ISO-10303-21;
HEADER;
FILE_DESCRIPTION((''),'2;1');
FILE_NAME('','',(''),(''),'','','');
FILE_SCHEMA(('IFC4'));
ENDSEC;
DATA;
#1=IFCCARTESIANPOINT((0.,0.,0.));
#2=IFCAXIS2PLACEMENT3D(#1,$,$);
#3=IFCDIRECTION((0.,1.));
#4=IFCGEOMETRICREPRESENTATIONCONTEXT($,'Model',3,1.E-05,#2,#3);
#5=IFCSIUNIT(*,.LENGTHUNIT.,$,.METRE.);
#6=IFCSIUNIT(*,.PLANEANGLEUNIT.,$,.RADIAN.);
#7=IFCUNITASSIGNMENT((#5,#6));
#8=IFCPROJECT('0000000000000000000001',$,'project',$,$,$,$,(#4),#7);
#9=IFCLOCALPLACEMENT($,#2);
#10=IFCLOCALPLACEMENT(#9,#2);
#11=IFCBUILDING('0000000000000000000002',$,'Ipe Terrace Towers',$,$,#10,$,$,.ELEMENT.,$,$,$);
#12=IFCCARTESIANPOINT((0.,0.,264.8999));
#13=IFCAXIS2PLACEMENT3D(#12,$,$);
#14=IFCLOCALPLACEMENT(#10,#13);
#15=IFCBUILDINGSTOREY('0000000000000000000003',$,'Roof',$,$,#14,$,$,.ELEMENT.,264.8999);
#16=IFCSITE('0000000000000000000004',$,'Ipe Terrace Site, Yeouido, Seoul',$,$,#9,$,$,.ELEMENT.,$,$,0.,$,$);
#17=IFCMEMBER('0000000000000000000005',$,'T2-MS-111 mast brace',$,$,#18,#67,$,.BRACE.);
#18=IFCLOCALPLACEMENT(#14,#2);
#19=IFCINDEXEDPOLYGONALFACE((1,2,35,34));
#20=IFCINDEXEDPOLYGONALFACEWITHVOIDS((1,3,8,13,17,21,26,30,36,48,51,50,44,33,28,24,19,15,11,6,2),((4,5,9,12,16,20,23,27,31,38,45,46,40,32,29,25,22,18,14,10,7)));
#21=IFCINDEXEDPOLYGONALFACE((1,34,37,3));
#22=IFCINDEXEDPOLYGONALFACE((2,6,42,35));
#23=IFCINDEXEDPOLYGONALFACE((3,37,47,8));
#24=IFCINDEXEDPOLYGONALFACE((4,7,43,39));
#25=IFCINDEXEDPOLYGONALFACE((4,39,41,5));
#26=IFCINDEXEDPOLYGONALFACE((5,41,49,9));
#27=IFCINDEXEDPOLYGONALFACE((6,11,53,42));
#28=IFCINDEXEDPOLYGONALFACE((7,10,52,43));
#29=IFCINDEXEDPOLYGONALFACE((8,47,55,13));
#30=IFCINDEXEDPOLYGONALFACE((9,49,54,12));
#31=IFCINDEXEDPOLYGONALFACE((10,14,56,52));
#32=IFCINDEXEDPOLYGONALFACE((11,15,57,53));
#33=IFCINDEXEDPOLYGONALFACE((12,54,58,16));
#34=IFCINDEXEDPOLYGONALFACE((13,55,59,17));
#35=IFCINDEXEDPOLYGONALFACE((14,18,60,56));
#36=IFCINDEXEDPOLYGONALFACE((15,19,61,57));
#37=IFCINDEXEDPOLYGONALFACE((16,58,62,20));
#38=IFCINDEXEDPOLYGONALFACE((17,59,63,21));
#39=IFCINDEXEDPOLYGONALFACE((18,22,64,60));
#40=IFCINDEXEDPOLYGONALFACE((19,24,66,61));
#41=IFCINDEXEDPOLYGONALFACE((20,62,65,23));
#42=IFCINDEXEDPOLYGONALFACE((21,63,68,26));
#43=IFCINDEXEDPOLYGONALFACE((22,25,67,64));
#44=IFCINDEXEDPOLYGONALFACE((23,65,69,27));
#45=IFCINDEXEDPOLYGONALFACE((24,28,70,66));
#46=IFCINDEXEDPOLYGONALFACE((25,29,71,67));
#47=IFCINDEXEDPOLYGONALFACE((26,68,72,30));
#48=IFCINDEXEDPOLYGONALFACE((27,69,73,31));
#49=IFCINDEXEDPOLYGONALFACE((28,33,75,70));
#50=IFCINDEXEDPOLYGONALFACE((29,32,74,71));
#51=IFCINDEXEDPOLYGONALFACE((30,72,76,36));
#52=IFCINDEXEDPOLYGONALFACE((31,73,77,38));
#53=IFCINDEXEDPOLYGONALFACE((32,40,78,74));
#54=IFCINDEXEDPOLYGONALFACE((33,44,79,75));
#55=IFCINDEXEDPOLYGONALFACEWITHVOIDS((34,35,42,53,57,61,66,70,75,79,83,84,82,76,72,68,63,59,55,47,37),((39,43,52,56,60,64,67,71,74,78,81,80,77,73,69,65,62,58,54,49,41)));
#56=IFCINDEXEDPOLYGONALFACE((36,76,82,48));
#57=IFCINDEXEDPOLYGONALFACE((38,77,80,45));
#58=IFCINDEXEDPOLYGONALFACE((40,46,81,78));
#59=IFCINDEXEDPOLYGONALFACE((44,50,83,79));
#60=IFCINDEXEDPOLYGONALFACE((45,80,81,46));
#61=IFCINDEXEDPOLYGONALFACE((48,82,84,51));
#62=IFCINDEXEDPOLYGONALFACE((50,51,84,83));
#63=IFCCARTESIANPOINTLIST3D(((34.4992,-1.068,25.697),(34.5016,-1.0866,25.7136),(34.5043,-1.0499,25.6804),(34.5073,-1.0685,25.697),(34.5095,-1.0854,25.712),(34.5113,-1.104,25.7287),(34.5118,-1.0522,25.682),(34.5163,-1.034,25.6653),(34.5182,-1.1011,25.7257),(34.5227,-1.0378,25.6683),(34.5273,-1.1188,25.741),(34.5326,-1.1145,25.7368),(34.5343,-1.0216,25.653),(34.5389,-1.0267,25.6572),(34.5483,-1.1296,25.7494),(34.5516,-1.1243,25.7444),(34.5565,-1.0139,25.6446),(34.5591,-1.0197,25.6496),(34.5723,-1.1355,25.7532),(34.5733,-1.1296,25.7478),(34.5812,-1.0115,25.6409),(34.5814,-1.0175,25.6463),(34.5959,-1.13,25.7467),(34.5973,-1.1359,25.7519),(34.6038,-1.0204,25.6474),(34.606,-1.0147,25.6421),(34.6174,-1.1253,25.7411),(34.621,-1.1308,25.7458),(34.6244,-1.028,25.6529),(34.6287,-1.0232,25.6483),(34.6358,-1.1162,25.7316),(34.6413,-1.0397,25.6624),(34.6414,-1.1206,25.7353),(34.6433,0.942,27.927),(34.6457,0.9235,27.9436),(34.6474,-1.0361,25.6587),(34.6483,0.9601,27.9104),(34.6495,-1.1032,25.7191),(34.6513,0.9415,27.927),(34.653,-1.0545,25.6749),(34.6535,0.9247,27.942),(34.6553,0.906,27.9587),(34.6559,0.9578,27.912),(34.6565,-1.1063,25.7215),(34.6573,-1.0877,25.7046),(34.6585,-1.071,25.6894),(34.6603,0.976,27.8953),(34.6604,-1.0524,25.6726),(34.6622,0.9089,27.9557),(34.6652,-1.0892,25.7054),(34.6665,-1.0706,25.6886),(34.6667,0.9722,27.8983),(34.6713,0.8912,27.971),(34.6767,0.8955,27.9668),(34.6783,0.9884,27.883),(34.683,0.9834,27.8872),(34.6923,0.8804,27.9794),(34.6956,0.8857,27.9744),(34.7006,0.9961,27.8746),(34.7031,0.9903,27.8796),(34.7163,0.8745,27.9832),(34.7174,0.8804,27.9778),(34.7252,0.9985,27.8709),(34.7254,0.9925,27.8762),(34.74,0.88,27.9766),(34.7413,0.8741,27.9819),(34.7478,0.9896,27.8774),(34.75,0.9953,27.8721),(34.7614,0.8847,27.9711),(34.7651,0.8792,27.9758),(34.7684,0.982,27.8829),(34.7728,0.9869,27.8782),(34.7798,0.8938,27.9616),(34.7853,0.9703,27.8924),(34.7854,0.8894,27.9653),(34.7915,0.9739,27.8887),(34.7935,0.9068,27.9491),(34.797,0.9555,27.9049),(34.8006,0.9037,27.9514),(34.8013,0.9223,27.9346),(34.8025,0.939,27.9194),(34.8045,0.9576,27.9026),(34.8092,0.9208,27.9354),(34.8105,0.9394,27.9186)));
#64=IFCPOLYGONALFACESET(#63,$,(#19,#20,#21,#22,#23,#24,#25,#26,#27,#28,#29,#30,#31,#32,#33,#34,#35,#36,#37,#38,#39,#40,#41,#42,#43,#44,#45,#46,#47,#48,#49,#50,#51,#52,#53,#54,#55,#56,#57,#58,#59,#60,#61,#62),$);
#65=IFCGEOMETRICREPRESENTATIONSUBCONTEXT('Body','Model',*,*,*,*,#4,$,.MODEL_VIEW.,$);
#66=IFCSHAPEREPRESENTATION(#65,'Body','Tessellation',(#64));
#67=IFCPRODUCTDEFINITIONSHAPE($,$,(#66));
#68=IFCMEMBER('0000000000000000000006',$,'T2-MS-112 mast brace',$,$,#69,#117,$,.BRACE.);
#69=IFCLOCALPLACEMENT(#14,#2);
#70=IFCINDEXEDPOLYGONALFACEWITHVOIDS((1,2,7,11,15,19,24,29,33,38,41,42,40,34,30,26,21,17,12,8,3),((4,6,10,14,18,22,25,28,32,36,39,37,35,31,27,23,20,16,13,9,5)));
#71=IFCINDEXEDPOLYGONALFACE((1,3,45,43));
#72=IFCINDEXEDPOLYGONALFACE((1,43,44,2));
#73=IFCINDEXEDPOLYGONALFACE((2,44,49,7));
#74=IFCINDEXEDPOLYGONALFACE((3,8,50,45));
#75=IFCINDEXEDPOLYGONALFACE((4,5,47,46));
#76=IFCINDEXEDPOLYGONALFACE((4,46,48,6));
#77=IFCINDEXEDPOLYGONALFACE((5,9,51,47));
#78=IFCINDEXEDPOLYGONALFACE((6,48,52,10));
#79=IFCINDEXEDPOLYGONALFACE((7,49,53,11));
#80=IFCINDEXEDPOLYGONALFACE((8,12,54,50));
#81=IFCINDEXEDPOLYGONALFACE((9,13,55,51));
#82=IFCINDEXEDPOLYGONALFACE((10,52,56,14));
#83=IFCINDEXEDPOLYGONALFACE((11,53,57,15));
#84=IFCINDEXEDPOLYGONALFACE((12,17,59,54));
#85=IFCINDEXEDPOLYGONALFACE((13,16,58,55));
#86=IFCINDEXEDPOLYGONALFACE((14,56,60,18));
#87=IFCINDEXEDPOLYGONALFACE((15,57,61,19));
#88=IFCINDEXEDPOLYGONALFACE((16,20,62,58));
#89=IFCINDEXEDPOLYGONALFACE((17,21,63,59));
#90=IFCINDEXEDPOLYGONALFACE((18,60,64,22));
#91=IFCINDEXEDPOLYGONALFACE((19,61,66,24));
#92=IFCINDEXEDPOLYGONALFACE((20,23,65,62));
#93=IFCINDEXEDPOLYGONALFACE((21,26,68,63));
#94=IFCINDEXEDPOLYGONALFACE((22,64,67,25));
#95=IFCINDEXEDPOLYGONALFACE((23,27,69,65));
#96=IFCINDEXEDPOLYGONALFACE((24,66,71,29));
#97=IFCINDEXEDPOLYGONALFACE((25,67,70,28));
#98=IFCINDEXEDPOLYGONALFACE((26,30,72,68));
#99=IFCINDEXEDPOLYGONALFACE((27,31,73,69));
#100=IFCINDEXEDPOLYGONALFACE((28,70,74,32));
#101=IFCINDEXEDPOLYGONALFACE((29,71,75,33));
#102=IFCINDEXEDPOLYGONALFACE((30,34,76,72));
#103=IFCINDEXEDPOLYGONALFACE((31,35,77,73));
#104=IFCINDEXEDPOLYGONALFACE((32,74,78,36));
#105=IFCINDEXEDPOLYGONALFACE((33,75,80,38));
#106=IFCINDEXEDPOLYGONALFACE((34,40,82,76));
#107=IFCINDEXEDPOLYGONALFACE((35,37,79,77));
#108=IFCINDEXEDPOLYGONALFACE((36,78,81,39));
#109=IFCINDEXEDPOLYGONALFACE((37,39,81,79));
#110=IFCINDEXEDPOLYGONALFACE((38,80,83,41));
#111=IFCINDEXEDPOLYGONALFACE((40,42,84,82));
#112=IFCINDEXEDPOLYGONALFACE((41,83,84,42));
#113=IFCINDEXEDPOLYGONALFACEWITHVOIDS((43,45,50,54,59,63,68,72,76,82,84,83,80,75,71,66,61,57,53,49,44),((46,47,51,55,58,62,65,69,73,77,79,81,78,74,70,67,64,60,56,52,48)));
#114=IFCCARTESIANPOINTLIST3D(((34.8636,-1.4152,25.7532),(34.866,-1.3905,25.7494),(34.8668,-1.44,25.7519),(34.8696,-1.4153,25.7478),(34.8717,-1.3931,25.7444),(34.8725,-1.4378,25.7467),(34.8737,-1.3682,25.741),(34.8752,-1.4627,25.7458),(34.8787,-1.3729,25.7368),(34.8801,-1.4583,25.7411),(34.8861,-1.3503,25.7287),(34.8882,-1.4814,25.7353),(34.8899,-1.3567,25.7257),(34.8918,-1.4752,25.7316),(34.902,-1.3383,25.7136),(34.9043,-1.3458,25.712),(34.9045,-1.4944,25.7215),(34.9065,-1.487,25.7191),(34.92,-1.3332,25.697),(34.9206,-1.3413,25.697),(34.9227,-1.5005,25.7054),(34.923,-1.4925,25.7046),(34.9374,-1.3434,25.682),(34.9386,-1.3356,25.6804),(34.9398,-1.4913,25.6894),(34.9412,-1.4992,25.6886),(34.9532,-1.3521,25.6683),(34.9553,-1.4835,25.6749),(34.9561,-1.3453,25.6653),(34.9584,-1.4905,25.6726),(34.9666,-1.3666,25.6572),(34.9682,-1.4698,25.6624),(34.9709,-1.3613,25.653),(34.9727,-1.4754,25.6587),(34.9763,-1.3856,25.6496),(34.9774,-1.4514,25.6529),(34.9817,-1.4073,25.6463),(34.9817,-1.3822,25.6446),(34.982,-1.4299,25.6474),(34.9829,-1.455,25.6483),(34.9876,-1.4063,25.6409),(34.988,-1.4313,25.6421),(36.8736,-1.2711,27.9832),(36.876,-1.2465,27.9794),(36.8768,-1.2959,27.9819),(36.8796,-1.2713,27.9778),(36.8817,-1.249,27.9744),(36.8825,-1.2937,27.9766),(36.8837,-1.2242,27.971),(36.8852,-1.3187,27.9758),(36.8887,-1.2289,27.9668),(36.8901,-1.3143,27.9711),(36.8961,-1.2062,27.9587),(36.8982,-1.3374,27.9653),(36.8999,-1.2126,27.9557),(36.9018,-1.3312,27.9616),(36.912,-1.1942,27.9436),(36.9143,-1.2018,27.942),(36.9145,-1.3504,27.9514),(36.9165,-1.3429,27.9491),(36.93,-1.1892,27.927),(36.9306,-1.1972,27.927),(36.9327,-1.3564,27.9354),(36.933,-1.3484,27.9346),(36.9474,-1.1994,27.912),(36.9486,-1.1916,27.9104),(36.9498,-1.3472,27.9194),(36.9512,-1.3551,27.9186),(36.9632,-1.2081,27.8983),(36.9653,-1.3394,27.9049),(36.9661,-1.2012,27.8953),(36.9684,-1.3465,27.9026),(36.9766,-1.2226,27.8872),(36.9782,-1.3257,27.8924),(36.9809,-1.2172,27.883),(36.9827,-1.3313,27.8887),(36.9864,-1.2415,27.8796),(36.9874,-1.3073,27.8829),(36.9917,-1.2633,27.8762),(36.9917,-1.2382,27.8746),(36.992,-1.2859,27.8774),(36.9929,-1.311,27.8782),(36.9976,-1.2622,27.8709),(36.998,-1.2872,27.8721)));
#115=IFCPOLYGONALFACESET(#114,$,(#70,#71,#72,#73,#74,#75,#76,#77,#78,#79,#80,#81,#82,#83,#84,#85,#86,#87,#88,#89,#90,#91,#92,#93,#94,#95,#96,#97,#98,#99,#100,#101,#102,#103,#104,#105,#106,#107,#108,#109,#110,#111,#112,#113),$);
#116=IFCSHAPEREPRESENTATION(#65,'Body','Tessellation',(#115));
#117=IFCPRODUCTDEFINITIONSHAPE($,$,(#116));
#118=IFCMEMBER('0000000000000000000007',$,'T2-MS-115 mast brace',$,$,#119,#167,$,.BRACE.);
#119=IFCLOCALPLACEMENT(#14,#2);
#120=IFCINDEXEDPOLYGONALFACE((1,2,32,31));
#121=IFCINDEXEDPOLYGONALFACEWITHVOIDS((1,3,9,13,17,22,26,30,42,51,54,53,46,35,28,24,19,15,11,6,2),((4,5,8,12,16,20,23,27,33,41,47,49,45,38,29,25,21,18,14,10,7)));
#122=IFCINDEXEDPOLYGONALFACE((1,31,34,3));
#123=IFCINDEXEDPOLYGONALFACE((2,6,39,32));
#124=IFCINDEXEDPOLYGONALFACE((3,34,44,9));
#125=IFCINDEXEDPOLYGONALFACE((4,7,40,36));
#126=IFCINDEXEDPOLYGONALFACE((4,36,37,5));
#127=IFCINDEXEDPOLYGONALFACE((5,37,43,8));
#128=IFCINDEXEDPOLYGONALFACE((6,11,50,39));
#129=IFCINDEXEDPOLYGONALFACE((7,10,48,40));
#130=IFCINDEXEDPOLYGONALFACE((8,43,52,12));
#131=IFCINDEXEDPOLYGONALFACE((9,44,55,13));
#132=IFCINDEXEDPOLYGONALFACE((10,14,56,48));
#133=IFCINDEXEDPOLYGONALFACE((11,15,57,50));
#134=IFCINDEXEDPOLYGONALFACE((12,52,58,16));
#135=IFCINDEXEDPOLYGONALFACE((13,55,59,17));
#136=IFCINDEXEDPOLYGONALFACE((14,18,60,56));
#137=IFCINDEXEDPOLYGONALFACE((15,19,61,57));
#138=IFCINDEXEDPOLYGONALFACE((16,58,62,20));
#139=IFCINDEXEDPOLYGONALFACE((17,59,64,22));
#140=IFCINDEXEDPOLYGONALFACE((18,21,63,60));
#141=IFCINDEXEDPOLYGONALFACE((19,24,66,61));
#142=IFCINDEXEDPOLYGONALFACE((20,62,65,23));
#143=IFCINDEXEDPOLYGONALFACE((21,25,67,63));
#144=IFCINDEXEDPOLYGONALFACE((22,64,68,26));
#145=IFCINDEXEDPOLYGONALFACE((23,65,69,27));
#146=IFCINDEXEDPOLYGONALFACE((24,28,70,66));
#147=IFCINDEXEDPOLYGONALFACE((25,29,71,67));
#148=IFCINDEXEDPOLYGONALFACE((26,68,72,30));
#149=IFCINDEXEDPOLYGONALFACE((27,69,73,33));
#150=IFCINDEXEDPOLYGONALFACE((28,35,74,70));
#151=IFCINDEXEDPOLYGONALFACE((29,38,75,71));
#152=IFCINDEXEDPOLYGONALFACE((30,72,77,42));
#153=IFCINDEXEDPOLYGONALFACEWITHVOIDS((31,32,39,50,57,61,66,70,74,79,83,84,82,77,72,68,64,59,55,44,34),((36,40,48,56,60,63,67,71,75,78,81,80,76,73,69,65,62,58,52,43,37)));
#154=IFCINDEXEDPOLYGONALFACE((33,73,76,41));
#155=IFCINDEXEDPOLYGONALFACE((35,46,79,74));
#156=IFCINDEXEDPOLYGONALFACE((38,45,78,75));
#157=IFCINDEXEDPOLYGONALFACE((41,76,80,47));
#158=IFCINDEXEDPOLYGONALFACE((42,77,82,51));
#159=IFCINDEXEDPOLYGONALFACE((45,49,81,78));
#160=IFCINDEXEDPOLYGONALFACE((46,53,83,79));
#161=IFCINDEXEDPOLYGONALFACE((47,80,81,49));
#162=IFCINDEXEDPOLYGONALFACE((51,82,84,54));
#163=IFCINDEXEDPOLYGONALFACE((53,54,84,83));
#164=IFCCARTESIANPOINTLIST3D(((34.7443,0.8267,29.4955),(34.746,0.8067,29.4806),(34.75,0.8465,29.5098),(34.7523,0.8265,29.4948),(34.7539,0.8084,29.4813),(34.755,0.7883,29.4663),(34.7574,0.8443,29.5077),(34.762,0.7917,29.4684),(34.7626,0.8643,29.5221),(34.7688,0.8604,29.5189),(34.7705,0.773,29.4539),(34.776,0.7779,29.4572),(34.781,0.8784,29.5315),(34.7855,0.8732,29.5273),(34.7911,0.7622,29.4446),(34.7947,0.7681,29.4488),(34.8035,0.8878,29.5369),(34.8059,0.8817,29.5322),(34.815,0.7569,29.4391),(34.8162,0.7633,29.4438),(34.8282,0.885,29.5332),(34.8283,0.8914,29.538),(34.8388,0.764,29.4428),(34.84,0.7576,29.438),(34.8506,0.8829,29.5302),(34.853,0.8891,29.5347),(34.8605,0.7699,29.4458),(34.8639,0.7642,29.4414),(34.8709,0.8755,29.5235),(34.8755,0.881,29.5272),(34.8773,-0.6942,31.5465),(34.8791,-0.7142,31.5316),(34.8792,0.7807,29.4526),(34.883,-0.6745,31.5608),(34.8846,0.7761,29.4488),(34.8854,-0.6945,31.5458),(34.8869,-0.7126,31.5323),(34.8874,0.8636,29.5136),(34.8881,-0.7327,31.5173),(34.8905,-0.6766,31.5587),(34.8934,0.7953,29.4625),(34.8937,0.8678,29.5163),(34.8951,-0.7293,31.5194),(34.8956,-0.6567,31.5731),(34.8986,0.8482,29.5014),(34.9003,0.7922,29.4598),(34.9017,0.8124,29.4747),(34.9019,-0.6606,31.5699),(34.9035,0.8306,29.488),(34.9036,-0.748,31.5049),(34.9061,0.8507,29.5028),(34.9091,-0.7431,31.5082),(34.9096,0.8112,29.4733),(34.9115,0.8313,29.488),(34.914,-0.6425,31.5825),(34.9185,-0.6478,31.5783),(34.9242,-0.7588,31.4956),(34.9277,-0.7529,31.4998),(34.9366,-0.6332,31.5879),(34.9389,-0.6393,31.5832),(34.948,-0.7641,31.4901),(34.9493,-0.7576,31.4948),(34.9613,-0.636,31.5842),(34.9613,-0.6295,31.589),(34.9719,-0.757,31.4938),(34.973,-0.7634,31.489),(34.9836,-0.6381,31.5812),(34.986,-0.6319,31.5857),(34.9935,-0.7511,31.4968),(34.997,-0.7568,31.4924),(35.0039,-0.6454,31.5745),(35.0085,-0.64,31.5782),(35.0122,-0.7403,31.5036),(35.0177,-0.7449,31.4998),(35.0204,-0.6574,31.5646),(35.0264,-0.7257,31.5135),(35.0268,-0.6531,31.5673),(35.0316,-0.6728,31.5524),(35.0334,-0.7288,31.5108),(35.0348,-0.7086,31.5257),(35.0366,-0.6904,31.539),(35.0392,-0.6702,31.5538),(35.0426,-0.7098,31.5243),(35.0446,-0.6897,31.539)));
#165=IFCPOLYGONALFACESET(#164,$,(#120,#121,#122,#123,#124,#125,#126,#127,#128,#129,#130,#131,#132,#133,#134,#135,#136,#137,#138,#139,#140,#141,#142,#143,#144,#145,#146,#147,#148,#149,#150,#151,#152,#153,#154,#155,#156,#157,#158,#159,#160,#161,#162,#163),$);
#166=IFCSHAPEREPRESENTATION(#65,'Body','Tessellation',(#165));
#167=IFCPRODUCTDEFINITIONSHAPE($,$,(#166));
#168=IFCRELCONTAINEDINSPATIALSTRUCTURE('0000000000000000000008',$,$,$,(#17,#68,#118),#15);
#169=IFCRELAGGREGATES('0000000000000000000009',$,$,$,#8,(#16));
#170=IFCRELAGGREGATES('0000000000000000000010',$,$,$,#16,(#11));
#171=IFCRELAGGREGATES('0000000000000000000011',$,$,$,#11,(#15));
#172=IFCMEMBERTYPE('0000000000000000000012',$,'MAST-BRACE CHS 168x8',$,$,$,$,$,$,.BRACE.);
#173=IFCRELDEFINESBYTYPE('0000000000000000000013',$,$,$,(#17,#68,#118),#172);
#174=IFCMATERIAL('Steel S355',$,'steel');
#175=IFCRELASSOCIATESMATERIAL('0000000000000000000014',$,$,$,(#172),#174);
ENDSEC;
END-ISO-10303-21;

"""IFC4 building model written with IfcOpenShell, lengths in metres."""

from ifc_helpers import new_model, si_unit, direction, frame, origin, origin_2d, place, context, subcontext, project, spatial, hollow_circle, extrude, material, material_profile, profile_set, type_object, element, save


model = new_model("IFC4")

# Units and contexts
model_context = context("Model", 3, precision=1e-05, world=origin(), true_north=direction((0.0, 1.0)))
body_context = subcontext(model_context, "Body", "Model", "MODEL_VIEW")
ifc_project = project(units=[si_unit("LENGTHUNIT", "METRE"), si_unit("PLANEANGLEUNIT", "RADIAN")], contexts=[model_context])

# Site, building, storey
site_placement = place(None, origin())
site = spatial("IfcSite", under=ifc_project, at=site_placement, Name="Ipe Terrace Site, Yeouido, Seoul", CompositionType="ELEMENT", RefElevation=0.0)
building_placement = place(site_placement, origin())
building = spatial("IfcBuilding", under=site, at=building_placement, Name="Ipe Terrace Towers", CompositionType="ELEMENT")
storey_placement = place(building_placement, frame((0.0, 0.0, 264.8999)))
storey = spatial("IfcBuildingStorey", under=building, at=storey_placement, Name="Roof", CompositionType="ELEMENT", Elevation=264.8999)

# Members
ifc_material_1 = material(Name="Steel S355", Category="steel")
ifc_material_profile_1 = material_profile(ifc_material_1, hollow_circle(Radius=0.084, WallThickness=0.0081, at=origin_2d()), Name="MAST-BRACE CHS 168x8")
ifc_profile_set_1 = profile_set([ifc_material_profile_1], Name="Steel S355")
member_type_1 = type_object("IfcMemberType", Name="MAST-BRACE CHS 168x8", PredefinedType="BRACE", material=ifc_profile_set_1)
for number, where, z_axis, x_axis, name in (
    (1, (34.583, -1.074, 25.697), (0.047925, 0.668752, 0.741939), (-0.997442, 0.07148, 0.0), "T2-MS-111 mast brace"),
    (2, (34.926, -1.417, 25.697), (0.668752, 0.047925, 0.741939), (-0.07148, 0.997442, 0.0), "T2-MS-112 mast brace"),
):
    element("IfcMember", number, at=place(storey_placement, frame(where, z_axis=z_axis, x_axis=x_axis)), inside=storey, type_object=member_type_1, Name=name, PredefinedType="BRACE", context=body_context, shape_type="SweptSolid", body=[
        extrude(hollow_circle(Radius=0.084, WallThickness=0.0081, at=origin_2d()), origin(), (0.0, 0.0, 1.0), 3.0056),
    ])
member_1_placement = place(storey_placement, frame((34.8279, 0.824, 29.488), z_axis=(0.052038, -0.594855, 0.802147), x_axis=(0.996195, 0.087147, 0.0)))
element("IfcMember", 3, at=member_1_placement, inside=storey, type_object=member_type_1, Name="T2-MS-115 mast brace", PredefinedType="BRACE", context=body_context, shape_type="SweptSolid", body=[
    extrude(hollow_circle(Radius=0.084, WallThickness=0.0081, at=origin_2d()), origin(), (0.0, 0.0, 1.0), 2.5569),
])

save(model, "model.ifc")
